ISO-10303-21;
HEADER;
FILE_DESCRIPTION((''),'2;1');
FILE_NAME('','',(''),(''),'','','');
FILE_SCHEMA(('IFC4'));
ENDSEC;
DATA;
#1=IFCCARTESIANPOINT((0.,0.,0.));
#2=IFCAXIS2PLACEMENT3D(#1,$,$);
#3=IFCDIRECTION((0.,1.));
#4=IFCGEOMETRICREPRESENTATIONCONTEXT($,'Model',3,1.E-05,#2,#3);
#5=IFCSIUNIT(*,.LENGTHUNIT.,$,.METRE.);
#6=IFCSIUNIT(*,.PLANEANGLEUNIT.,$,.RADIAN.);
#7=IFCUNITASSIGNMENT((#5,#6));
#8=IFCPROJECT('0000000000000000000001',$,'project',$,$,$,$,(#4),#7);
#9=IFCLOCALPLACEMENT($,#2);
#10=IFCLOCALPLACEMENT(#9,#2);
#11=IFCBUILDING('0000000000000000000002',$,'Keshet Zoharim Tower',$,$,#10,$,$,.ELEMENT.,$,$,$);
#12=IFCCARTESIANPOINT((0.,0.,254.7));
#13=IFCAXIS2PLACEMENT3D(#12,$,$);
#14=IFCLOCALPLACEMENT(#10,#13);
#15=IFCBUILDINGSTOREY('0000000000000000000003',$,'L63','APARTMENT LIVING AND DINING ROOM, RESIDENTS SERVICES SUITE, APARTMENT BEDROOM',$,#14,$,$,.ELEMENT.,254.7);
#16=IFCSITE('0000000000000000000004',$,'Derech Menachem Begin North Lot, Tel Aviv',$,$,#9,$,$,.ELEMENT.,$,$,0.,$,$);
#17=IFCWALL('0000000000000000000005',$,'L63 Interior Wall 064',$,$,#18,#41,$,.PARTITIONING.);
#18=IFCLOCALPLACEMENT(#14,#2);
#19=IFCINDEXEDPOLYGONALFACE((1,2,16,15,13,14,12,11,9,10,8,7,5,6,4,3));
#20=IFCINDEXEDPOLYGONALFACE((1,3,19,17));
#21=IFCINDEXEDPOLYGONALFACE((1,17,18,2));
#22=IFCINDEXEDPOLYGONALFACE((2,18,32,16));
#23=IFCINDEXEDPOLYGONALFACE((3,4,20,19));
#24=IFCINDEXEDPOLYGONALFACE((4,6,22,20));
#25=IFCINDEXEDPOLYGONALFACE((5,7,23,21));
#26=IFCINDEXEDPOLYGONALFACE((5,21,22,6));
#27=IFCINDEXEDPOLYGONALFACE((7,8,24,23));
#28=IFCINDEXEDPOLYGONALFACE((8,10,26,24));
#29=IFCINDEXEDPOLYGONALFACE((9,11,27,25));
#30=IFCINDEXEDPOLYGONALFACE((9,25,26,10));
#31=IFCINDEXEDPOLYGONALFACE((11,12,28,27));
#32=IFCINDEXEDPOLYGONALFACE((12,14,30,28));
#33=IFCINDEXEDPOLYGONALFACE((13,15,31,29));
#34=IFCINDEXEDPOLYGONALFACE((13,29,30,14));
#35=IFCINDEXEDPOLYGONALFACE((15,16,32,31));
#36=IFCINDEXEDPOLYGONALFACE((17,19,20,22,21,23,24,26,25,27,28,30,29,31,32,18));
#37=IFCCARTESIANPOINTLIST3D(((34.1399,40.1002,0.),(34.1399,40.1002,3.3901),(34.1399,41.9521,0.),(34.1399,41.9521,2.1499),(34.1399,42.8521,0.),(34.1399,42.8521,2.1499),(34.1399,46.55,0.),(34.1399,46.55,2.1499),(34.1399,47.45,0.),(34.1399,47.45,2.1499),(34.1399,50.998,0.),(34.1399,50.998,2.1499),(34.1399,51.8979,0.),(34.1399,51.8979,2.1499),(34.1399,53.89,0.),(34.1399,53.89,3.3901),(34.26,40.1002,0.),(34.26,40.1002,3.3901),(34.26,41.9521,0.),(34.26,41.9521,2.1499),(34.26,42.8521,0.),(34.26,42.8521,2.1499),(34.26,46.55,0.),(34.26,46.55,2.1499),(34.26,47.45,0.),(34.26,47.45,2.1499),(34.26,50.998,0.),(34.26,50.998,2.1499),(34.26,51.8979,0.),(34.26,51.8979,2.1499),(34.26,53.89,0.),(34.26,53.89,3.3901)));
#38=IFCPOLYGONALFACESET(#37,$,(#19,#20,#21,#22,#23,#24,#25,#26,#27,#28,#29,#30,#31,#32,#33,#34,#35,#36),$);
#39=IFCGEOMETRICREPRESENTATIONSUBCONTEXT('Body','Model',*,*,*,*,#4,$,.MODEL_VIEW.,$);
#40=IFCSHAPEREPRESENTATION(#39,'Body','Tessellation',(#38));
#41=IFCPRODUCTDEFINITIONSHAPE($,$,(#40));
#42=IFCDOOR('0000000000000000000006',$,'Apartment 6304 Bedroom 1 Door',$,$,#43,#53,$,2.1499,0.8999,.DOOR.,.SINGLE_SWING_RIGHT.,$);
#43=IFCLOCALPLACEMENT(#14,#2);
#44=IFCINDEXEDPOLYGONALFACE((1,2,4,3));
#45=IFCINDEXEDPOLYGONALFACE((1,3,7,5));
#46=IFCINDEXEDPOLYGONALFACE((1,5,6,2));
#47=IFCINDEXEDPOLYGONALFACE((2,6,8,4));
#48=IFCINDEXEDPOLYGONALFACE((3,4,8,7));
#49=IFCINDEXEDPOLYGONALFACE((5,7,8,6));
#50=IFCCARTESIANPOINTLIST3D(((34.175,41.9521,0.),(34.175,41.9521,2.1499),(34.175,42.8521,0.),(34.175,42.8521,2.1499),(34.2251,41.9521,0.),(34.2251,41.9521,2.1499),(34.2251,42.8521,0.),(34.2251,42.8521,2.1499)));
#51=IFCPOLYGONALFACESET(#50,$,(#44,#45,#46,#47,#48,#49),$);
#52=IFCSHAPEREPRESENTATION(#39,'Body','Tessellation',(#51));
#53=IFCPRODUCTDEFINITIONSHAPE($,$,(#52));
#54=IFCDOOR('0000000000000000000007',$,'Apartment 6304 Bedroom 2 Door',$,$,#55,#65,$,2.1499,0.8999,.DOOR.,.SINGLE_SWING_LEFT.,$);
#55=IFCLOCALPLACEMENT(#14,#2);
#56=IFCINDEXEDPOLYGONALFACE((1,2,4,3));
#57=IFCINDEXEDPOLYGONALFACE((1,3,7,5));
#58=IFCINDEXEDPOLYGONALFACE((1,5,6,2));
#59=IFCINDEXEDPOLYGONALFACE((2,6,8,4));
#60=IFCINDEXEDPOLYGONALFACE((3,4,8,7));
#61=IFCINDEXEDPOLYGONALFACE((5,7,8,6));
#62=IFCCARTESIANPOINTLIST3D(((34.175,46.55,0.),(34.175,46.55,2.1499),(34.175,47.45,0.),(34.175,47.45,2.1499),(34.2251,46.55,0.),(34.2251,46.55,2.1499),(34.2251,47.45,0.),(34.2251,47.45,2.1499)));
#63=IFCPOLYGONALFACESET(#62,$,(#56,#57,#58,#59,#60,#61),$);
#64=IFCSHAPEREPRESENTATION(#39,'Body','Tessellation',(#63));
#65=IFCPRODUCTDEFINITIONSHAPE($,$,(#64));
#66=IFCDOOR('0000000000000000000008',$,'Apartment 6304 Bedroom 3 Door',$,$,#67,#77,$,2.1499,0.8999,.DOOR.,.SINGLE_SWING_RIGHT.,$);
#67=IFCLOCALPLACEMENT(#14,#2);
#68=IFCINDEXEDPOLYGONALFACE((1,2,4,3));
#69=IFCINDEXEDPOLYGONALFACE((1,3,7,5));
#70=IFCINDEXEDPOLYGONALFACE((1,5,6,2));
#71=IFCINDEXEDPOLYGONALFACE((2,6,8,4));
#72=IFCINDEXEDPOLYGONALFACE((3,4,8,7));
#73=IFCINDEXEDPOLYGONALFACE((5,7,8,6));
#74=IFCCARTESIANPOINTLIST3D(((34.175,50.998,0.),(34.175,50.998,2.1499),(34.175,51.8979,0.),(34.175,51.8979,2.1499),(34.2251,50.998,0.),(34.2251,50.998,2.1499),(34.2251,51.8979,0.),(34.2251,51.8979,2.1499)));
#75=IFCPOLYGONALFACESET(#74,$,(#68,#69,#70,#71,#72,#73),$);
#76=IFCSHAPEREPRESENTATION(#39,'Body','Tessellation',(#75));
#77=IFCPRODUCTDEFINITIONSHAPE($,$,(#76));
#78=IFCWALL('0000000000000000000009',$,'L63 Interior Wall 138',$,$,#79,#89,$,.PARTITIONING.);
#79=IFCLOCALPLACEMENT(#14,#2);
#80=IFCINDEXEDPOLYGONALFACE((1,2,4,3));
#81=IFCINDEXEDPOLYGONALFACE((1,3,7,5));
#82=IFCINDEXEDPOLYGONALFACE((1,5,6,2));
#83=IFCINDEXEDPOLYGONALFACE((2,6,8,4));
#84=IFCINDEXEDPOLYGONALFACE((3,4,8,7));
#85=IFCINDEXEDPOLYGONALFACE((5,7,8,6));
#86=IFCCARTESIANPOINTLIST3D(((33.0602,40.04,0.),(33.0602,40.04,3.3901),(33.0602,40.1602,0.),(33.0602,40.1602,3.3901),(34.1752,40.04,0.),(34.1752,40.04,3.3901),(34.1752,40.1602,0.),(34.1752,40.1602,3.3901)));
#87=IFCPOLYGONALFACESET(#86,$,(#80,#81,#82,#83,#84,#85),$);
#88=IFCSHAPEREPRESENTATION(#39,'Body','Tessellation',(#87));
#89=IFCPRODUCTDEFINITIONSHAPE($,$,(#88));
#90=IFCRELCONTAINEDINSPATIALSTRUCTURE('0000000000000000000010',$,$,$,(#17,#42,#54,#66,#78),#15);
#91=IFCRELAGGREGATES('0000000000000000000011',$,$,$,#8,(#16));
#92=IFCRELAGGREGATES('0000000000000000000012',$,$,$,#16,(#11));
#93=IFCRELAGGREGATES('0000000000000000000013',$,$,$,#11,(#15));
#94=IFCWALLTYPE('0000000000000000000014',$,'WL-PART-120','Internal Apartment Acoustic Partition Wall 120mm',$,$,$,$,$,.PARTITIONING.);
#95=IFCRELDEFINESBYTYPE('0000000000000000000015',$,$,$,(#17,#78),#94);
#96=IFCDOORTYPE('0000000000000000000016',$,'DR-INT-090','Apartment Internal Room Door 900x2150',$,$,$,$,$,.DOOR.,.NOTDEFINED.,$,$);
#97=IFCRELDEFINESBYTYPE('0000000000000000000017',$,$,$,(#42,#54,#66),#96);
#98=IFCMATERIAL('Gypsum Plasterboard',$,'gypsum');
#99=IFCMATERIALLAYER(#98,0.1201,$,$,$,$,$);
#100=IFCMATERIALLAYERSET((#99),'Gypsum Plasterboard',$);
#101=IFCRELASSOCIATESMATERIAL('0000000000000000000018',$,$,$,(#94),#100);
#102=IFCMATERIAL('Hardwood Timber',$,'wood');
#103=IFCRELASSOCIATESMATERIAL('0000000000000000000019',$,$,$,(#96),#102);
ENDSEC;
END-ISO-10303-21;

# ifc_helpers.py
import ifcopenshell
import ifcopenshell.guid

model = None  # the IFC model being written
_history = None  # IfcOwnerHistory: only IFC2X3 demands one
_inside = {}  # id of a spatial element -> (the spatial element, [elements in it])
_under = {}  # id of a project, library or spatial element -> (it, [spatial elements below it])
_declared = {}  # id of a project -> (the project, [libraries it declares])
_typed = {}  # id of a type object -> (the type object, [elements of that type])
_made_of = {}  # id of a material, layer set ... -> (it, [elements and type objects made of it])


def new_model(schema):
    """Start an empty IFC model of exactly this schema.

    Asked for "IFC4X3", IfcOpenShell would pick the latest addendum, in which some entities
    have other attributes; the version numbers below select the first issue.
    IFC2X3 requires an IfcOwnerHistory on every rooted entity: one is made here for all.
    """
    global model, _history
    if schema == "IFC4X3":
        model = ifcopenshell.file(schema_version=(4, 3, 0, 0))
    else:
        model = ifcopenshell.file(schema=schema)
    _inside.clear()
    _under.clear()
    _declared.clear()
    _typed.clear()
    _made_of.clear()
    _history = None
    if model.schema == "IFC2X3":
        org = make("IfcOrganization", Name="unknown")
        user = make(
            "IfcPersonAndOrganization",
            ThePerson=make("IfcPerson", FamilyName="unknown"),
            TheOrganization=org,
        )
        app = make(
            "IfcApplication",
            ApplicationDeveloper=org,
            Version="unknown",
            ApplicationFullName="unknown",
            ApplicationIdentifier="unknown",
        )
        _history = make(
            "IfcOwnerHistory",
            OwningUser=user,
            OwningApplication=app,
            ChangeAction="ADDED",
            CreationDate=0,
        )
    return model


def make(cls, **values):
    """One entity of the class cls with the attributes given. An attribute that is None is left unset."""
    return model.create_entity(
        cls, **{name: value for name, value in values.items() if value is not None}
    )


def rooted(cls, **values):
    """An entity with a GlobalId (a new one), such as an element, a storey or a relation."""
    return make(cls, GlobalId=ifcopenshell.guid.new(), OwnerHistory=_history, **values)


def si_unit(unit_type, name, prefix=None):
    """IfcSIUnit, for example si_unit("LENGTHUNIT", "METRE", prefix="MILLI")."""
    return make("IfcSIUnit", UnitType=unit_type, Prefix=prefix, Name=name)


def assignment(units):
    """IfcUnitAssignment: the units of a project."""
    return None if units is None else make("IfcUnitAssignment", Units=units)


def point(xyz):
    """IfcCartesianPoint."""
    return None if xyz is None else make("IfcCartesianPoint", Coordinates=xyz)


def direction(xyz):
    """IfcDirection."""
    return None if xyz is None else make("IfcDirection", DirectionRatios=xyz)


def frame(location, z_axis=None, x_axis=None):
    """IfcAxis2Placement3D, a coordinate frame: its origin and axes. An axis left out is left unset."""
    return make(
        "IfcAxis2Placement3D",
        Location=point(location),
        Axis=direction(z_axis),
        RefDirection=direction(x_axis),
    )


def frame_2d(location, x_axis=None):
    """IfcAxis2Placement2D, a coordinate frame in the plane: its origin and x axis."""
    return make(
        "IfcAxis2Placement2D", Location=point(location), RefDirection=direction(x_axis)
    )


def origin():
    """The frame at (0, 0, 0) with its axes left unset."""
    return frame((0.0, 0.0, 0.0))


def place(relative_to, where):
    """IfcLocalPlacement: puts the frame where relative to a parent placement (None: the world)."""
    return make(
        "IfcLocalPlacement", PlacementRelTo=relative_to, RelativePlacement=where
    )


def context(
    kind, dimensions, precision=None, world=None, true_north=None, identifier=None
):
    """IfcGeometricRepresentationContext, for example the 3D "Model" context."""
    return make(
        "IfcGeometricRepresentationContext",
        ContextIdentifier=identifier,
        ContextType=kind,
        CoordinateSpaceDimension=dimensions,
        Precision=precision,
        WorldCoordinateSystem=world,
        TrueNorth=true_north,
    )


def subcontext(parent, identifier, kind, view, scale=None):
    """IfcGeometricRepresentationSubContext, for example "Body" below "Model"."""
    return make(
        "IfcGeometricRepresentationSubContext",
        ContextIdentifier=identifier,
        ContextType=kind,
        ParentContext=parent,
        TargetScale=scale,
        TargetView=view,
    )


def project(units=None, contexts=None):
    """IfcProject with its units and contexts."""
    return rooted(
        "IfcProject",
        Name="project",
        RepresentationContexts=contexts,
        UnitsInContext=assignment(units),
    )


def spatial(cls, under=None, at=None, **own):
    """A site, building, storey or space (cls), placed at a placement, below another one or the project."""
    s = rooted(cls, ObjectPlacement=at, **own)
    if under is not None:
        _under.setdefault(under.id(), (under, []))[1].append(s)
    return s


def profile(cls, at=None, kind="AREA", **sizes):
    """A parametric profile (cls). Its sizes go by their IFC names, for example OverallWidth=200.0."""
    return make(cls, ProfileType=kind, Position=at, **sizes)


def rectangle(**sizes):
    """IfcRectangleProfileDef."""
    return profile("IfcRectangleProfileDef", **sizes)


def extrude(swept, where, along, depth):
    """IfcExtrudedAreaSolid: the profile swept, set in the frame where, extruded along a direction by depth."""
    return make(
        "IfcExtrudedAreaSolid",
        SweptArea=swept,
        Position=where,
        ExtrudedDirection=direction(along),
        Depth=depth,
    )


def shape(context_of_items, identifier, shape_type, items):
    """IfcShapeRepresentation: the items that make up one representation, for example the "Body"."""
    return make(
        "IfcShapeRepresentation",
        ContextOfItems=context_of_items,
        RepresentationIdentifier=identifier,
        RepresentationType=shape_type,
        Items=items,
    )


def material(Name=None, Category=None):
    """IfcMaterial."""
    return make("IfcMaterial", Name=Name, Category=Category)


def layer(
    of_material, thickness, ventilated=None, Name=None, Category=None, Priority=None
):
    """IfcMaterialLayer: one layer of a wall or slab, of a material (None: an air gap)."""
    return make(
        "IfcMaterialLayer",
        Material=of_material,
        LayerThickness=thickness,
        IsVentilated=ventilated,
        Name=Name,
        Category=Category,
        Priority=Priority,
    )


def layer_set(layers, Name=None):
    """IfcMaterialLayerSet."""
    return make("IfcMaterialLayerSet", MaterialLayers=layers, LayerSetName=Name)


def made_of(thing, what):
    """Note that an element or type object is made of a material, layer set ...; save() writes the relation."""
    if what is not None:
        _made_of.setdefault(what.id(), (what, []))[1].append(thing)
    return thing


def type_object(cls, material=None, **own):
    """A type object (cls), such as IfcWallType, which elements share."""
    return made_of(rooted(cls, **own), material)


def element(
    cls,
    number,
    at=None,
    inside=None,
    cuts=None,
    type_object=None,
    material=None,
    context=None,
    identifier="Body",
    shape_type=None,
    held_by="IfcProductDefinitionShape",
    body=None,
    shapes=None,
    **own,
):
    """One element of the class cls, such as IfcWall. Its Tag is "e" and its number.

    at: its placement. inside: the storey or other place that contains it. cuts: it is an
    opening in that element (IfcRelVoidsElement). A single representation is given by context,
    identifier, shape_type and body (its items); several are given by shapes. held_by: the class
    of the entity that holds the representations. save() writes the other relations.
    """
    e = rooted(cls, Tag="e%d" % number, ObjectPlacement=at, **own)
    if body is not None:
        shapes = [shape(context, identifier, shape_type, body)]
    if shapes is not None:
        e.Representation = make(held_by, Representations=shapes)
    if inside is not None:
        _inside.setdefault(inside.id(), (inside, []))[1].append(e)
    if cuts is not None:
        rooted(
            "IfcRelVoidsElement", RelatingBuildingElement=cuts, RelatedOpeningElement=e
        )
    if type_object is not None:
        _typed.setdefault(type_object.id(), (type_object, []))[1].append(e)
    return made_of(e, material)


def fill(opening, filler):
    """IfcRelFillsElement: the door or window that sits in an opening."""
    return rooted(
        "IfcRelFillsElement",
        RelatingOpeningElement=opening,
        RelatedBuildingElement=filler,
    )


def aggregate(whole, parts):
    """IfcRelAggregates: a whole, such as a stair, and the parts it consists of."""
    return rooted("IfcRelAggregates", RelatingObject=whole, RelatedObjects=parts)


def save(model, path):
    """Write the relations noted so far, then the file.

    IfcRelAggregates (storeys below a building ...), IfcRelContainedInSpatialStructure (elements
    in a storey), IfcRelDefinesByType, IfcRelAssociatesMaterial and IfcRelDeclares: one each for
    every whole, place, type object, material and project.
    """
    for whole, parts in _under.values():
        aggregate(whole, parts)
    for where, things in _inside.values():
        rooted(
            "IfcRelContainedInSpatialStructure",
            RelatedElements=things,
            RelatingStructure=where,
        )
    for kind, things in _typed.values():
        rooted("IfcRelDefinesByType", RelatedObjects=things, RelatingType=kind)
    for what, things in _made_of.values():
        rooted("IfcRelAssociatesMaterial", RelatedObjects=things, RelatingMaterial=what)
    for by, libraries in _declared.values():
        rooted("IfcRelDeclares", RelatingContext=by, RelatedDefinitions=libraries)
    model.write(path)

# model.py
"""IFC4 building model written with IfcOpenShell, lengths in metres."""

from ifc_helpers import new_model, si_unit, direction, frame, frame_2d, origin, place, context, subcontext, project, spatial, rectangle, extrude, material, layer, layer_set, type_object, element, fill, save


model = new_model("IFC4")

# Units and contexts
model_context = context("Model", 3, precision=1e-05, world=origin(), true_north=direction((0.0, 1.0)))
body_context = subcontext(model_context, "Body", "Model", "MODEL_VIEW")
ifc_project = project(units=[si_unit("LENGTHUNIT", "METRE"), si_unit("PLANEANGLEUNIT", "RADIAN")], contexts=[model_context])

# Site, building, storey
site_placement = place(None, origin())
site = spatial("IfcSite", under=ifc_project, at=site_placement, Name="Derech Menachem Begin North Lot, Tel Aviv", CompositionType="ELEMENT", RefElevation=0.0)
building_placement = place(site_placement, origin())
building = spatial("IfcBuilding", under=site, at=building_placement, Name="Keshet Zoharim Tower", CompositionType="ELEMENT")
storey_placement = place(building_placement, frame((0.0, 0.0, 254.7)))
storey = spatial("IfcBuildingStorey", under=building, at=storey_placement, Name="L63", Description="APARTMENT LIVING AND DINING ROOM, RESIDENTS SERVICES SUITE, APARTMENT BEDROOM", CompositionType="ELEMENT", Elevation=254.7)

# Shared definitions
ifc_material_1 = material(Name="Gypsum Plasterboard", Category="gypsum")

# Shared definitions
ifc_material_2 = material(Name="Hardwood Timber", Category="wood")

# Shared definitions
ifc_layer_1 = layer(ifc_material_1, 0.1201)
ifc_layer_set_1 = layer_set([ifc_layer_1], Name="Gypsum Plasterboard")
wall_type_1 = type_object("IfcWallType", Name="WL-PART-120", Description="Internal Apartment Acoustic Partition Wall 120mm", PredefinedType="PARTITIONING", material=ifc_layer_set_1)
door_type_1 = type_object("IfcDoorType", Name="DR-INT-090", Description="Apartment Internal Room Door 900x2150", OperationType="NOTDEFINED", PredefinedType="DOOR", material=ifc_material_2)

# Wall, openings, doors
wall_1_placement = place(storey_placement, frame((34.2, 40.1001, 0.0), z_axis=(0.0, 0.0, 1.0), x_axis=(0.0, 1.0, 0.0)))
wall_1 = element("IfcWall", 1, at=wall_1_placement, inside=storey, type_object=wall_type_1, Name="L63 Interior Wall 064", PredefinedType="PARTITIONING", context=body_context, shape_type="SweptSolid", body=[
    extrude(rectangle(XDim=13.7898, YDim=0.1201, at=frame_2d((6.895, 0.0))), origin(), (0.0, 0.0, 1.0), 3.3901),
])
opening_1_placement = place(wall_1_placement, frame((1.8521, 0.0, 0.0)))
opening_1 = element("IfcOpeningElement", 2, at=opening_1_placement, cuts=wall_1, PredefinedType="OPENING", context=body_context, shape_type="SweptSolid", body=[
    extrude(rectangle(XDim=0.8999, YDim=2.1499, at=frame_2d((0.45, 1.075))), frame((0.0, 0.0701, 0.0), z_axis=(0.0, -1.0, 0.0), x_axis=(1.0, 0.0, 0.0)), (0.0, 0.0, 1.0), 0.1401),
])
opening_2_placement = place(wall_1_placement, frame((6.45, 0.0, 0.0)))
opening_2 = element("IfcOpeningElement", 3, at=opening_2_placement, cuts=wall_1, PredefinedType="OPENING", context=body_context, shape_type="SweptSolid", body=[
    extrude(rectangle(XDim=0.8999, YDim=2.1499, at=frame_2d((0.45, 1.075))), frame((0.0, 0.0701, 0.0), z_axis=(0.0, -1.0, 0.0), x_axis=(1.0, 0.0, 0.0)), (0.0, 0.0, 1.0), 0.1401),
])
opening_3_placement = place(wall_1_placement, frame((10.8979, 0.0, 0.0)))
opening_3 = element("IfcOpeningElement", 4, at=opening_3_placement, cuts=wall_1, PredefinedType="OPENING", context=body_context, shape_type="SweptSolid", body=[
    extrude(rectangle(XDim=0.8999, YDim=2.1499, at=frame_2d((0.45, 1.075))), frame((0.0, 0.0701, 0.0), z_axis=(0.0, -1.0, 0.0), x_axis=(1.0, 0.0, 0.0)), (0.0, 0.0, 1.0), 0.1401),
])
door_1_placement = place(opening_1_placement, origin())
door_1 = element("IfcDoor", 5, at=door_1_placement, inside=storey, type_object=door_type_1, Name="Apartment 6304 Bedroom 1 Door", OperationType="SINGLE_SWING_RIGHT", OverallHeight=2.1499, OverallWidth=0.8999, PredefinedType="DOOR", context=body_context, shape_type="SweptSolid", body=[
    extrude(rectangle(XDim=0.8999, YDim=2.1499, at=frame_2d((0.45, 1.075))), frame((0.0, 0.0249, 0.0), z_axis=(0.0, -1.0, 0.0), x_axis=(1.0, 0.0, 0.0)), (0.0, 0.0, 1.0), 0.05),
])
fill(opening_1, door_1)
door_2_placement = place(opening_2_placement, origin())
door_2 = element("IfcDoor", 6, at=door_2_placement, inside=storey, type_object=door_type_1, Name="Apartment 6304 Bedroom 2 Door", OperationType="SINGLE_SWING_LEFT", OverallHeight=2.1499, OverallWidth=0.8999, PredefinedType="DOOR", context=body_context, shape_type="SweptSolid", body=[
    extrude(rectangle(XDim=0.8999, YDim=2.1499, at=frame_2d((0.45, 1.075))), frame((0.0, 0.0249, 0.0), z_axis=(0.0, -1.0, 0.0), x_axis=(1.0, 0.0, 0.0)), (0.0, 0.0, 1.0), 0.05),
])
fill(opening_2, door_2)
door_3_placement = place(opening_3_placement, origin())
door_3 = element("IfcDoor", 7, at=door_3_placement, inside=storey, type_object=door_type_1, Name="Apartment 6304 Bedroom 3 Door", OperationType="SINGLE_SWING_RIGHT", OverallHeight=2.1499, OverallWidth=0.8999, PredefinedType="DOOR", context=body_context, shape_type="SweptSolid", body=[
    extrude(rectangle(XDim=0.8999, YDim=2.1499, at=frame_2d((0.45, 1.075))), frame((0.0, 0.0249, 0.0), z_axis=(0.0, -1.0, 0.0), x_axis=(1.0, 0.0, 0.0)), (0.0, 0.0, 1.0), 0.05),
])
fill(opening_3, door_3)

# Wall
wall_2_placement = place(storey_placement, frame((33.0601, 40.1001, 0.0), z_axis=(0.0, 0.0, 1.0), x_axis=(1.0, 0.0, 0.0)))
element("IfcWall", 8, at=wall_2_placement, inside=storey, type_object=wall_type_1, Name="L63 Interior Wall 138", PredefinedType="PARTITIONING", context=body_context, shape_type="SweptSolid", body=[
    extrude(rectangle(XDim=1.115, YDim=0.1201, at=frame_2d((0.5576, 0.0))), origin(), (0.0, 0.0, 1.0), 3.3901),
])

save(model, "model.ifc")
